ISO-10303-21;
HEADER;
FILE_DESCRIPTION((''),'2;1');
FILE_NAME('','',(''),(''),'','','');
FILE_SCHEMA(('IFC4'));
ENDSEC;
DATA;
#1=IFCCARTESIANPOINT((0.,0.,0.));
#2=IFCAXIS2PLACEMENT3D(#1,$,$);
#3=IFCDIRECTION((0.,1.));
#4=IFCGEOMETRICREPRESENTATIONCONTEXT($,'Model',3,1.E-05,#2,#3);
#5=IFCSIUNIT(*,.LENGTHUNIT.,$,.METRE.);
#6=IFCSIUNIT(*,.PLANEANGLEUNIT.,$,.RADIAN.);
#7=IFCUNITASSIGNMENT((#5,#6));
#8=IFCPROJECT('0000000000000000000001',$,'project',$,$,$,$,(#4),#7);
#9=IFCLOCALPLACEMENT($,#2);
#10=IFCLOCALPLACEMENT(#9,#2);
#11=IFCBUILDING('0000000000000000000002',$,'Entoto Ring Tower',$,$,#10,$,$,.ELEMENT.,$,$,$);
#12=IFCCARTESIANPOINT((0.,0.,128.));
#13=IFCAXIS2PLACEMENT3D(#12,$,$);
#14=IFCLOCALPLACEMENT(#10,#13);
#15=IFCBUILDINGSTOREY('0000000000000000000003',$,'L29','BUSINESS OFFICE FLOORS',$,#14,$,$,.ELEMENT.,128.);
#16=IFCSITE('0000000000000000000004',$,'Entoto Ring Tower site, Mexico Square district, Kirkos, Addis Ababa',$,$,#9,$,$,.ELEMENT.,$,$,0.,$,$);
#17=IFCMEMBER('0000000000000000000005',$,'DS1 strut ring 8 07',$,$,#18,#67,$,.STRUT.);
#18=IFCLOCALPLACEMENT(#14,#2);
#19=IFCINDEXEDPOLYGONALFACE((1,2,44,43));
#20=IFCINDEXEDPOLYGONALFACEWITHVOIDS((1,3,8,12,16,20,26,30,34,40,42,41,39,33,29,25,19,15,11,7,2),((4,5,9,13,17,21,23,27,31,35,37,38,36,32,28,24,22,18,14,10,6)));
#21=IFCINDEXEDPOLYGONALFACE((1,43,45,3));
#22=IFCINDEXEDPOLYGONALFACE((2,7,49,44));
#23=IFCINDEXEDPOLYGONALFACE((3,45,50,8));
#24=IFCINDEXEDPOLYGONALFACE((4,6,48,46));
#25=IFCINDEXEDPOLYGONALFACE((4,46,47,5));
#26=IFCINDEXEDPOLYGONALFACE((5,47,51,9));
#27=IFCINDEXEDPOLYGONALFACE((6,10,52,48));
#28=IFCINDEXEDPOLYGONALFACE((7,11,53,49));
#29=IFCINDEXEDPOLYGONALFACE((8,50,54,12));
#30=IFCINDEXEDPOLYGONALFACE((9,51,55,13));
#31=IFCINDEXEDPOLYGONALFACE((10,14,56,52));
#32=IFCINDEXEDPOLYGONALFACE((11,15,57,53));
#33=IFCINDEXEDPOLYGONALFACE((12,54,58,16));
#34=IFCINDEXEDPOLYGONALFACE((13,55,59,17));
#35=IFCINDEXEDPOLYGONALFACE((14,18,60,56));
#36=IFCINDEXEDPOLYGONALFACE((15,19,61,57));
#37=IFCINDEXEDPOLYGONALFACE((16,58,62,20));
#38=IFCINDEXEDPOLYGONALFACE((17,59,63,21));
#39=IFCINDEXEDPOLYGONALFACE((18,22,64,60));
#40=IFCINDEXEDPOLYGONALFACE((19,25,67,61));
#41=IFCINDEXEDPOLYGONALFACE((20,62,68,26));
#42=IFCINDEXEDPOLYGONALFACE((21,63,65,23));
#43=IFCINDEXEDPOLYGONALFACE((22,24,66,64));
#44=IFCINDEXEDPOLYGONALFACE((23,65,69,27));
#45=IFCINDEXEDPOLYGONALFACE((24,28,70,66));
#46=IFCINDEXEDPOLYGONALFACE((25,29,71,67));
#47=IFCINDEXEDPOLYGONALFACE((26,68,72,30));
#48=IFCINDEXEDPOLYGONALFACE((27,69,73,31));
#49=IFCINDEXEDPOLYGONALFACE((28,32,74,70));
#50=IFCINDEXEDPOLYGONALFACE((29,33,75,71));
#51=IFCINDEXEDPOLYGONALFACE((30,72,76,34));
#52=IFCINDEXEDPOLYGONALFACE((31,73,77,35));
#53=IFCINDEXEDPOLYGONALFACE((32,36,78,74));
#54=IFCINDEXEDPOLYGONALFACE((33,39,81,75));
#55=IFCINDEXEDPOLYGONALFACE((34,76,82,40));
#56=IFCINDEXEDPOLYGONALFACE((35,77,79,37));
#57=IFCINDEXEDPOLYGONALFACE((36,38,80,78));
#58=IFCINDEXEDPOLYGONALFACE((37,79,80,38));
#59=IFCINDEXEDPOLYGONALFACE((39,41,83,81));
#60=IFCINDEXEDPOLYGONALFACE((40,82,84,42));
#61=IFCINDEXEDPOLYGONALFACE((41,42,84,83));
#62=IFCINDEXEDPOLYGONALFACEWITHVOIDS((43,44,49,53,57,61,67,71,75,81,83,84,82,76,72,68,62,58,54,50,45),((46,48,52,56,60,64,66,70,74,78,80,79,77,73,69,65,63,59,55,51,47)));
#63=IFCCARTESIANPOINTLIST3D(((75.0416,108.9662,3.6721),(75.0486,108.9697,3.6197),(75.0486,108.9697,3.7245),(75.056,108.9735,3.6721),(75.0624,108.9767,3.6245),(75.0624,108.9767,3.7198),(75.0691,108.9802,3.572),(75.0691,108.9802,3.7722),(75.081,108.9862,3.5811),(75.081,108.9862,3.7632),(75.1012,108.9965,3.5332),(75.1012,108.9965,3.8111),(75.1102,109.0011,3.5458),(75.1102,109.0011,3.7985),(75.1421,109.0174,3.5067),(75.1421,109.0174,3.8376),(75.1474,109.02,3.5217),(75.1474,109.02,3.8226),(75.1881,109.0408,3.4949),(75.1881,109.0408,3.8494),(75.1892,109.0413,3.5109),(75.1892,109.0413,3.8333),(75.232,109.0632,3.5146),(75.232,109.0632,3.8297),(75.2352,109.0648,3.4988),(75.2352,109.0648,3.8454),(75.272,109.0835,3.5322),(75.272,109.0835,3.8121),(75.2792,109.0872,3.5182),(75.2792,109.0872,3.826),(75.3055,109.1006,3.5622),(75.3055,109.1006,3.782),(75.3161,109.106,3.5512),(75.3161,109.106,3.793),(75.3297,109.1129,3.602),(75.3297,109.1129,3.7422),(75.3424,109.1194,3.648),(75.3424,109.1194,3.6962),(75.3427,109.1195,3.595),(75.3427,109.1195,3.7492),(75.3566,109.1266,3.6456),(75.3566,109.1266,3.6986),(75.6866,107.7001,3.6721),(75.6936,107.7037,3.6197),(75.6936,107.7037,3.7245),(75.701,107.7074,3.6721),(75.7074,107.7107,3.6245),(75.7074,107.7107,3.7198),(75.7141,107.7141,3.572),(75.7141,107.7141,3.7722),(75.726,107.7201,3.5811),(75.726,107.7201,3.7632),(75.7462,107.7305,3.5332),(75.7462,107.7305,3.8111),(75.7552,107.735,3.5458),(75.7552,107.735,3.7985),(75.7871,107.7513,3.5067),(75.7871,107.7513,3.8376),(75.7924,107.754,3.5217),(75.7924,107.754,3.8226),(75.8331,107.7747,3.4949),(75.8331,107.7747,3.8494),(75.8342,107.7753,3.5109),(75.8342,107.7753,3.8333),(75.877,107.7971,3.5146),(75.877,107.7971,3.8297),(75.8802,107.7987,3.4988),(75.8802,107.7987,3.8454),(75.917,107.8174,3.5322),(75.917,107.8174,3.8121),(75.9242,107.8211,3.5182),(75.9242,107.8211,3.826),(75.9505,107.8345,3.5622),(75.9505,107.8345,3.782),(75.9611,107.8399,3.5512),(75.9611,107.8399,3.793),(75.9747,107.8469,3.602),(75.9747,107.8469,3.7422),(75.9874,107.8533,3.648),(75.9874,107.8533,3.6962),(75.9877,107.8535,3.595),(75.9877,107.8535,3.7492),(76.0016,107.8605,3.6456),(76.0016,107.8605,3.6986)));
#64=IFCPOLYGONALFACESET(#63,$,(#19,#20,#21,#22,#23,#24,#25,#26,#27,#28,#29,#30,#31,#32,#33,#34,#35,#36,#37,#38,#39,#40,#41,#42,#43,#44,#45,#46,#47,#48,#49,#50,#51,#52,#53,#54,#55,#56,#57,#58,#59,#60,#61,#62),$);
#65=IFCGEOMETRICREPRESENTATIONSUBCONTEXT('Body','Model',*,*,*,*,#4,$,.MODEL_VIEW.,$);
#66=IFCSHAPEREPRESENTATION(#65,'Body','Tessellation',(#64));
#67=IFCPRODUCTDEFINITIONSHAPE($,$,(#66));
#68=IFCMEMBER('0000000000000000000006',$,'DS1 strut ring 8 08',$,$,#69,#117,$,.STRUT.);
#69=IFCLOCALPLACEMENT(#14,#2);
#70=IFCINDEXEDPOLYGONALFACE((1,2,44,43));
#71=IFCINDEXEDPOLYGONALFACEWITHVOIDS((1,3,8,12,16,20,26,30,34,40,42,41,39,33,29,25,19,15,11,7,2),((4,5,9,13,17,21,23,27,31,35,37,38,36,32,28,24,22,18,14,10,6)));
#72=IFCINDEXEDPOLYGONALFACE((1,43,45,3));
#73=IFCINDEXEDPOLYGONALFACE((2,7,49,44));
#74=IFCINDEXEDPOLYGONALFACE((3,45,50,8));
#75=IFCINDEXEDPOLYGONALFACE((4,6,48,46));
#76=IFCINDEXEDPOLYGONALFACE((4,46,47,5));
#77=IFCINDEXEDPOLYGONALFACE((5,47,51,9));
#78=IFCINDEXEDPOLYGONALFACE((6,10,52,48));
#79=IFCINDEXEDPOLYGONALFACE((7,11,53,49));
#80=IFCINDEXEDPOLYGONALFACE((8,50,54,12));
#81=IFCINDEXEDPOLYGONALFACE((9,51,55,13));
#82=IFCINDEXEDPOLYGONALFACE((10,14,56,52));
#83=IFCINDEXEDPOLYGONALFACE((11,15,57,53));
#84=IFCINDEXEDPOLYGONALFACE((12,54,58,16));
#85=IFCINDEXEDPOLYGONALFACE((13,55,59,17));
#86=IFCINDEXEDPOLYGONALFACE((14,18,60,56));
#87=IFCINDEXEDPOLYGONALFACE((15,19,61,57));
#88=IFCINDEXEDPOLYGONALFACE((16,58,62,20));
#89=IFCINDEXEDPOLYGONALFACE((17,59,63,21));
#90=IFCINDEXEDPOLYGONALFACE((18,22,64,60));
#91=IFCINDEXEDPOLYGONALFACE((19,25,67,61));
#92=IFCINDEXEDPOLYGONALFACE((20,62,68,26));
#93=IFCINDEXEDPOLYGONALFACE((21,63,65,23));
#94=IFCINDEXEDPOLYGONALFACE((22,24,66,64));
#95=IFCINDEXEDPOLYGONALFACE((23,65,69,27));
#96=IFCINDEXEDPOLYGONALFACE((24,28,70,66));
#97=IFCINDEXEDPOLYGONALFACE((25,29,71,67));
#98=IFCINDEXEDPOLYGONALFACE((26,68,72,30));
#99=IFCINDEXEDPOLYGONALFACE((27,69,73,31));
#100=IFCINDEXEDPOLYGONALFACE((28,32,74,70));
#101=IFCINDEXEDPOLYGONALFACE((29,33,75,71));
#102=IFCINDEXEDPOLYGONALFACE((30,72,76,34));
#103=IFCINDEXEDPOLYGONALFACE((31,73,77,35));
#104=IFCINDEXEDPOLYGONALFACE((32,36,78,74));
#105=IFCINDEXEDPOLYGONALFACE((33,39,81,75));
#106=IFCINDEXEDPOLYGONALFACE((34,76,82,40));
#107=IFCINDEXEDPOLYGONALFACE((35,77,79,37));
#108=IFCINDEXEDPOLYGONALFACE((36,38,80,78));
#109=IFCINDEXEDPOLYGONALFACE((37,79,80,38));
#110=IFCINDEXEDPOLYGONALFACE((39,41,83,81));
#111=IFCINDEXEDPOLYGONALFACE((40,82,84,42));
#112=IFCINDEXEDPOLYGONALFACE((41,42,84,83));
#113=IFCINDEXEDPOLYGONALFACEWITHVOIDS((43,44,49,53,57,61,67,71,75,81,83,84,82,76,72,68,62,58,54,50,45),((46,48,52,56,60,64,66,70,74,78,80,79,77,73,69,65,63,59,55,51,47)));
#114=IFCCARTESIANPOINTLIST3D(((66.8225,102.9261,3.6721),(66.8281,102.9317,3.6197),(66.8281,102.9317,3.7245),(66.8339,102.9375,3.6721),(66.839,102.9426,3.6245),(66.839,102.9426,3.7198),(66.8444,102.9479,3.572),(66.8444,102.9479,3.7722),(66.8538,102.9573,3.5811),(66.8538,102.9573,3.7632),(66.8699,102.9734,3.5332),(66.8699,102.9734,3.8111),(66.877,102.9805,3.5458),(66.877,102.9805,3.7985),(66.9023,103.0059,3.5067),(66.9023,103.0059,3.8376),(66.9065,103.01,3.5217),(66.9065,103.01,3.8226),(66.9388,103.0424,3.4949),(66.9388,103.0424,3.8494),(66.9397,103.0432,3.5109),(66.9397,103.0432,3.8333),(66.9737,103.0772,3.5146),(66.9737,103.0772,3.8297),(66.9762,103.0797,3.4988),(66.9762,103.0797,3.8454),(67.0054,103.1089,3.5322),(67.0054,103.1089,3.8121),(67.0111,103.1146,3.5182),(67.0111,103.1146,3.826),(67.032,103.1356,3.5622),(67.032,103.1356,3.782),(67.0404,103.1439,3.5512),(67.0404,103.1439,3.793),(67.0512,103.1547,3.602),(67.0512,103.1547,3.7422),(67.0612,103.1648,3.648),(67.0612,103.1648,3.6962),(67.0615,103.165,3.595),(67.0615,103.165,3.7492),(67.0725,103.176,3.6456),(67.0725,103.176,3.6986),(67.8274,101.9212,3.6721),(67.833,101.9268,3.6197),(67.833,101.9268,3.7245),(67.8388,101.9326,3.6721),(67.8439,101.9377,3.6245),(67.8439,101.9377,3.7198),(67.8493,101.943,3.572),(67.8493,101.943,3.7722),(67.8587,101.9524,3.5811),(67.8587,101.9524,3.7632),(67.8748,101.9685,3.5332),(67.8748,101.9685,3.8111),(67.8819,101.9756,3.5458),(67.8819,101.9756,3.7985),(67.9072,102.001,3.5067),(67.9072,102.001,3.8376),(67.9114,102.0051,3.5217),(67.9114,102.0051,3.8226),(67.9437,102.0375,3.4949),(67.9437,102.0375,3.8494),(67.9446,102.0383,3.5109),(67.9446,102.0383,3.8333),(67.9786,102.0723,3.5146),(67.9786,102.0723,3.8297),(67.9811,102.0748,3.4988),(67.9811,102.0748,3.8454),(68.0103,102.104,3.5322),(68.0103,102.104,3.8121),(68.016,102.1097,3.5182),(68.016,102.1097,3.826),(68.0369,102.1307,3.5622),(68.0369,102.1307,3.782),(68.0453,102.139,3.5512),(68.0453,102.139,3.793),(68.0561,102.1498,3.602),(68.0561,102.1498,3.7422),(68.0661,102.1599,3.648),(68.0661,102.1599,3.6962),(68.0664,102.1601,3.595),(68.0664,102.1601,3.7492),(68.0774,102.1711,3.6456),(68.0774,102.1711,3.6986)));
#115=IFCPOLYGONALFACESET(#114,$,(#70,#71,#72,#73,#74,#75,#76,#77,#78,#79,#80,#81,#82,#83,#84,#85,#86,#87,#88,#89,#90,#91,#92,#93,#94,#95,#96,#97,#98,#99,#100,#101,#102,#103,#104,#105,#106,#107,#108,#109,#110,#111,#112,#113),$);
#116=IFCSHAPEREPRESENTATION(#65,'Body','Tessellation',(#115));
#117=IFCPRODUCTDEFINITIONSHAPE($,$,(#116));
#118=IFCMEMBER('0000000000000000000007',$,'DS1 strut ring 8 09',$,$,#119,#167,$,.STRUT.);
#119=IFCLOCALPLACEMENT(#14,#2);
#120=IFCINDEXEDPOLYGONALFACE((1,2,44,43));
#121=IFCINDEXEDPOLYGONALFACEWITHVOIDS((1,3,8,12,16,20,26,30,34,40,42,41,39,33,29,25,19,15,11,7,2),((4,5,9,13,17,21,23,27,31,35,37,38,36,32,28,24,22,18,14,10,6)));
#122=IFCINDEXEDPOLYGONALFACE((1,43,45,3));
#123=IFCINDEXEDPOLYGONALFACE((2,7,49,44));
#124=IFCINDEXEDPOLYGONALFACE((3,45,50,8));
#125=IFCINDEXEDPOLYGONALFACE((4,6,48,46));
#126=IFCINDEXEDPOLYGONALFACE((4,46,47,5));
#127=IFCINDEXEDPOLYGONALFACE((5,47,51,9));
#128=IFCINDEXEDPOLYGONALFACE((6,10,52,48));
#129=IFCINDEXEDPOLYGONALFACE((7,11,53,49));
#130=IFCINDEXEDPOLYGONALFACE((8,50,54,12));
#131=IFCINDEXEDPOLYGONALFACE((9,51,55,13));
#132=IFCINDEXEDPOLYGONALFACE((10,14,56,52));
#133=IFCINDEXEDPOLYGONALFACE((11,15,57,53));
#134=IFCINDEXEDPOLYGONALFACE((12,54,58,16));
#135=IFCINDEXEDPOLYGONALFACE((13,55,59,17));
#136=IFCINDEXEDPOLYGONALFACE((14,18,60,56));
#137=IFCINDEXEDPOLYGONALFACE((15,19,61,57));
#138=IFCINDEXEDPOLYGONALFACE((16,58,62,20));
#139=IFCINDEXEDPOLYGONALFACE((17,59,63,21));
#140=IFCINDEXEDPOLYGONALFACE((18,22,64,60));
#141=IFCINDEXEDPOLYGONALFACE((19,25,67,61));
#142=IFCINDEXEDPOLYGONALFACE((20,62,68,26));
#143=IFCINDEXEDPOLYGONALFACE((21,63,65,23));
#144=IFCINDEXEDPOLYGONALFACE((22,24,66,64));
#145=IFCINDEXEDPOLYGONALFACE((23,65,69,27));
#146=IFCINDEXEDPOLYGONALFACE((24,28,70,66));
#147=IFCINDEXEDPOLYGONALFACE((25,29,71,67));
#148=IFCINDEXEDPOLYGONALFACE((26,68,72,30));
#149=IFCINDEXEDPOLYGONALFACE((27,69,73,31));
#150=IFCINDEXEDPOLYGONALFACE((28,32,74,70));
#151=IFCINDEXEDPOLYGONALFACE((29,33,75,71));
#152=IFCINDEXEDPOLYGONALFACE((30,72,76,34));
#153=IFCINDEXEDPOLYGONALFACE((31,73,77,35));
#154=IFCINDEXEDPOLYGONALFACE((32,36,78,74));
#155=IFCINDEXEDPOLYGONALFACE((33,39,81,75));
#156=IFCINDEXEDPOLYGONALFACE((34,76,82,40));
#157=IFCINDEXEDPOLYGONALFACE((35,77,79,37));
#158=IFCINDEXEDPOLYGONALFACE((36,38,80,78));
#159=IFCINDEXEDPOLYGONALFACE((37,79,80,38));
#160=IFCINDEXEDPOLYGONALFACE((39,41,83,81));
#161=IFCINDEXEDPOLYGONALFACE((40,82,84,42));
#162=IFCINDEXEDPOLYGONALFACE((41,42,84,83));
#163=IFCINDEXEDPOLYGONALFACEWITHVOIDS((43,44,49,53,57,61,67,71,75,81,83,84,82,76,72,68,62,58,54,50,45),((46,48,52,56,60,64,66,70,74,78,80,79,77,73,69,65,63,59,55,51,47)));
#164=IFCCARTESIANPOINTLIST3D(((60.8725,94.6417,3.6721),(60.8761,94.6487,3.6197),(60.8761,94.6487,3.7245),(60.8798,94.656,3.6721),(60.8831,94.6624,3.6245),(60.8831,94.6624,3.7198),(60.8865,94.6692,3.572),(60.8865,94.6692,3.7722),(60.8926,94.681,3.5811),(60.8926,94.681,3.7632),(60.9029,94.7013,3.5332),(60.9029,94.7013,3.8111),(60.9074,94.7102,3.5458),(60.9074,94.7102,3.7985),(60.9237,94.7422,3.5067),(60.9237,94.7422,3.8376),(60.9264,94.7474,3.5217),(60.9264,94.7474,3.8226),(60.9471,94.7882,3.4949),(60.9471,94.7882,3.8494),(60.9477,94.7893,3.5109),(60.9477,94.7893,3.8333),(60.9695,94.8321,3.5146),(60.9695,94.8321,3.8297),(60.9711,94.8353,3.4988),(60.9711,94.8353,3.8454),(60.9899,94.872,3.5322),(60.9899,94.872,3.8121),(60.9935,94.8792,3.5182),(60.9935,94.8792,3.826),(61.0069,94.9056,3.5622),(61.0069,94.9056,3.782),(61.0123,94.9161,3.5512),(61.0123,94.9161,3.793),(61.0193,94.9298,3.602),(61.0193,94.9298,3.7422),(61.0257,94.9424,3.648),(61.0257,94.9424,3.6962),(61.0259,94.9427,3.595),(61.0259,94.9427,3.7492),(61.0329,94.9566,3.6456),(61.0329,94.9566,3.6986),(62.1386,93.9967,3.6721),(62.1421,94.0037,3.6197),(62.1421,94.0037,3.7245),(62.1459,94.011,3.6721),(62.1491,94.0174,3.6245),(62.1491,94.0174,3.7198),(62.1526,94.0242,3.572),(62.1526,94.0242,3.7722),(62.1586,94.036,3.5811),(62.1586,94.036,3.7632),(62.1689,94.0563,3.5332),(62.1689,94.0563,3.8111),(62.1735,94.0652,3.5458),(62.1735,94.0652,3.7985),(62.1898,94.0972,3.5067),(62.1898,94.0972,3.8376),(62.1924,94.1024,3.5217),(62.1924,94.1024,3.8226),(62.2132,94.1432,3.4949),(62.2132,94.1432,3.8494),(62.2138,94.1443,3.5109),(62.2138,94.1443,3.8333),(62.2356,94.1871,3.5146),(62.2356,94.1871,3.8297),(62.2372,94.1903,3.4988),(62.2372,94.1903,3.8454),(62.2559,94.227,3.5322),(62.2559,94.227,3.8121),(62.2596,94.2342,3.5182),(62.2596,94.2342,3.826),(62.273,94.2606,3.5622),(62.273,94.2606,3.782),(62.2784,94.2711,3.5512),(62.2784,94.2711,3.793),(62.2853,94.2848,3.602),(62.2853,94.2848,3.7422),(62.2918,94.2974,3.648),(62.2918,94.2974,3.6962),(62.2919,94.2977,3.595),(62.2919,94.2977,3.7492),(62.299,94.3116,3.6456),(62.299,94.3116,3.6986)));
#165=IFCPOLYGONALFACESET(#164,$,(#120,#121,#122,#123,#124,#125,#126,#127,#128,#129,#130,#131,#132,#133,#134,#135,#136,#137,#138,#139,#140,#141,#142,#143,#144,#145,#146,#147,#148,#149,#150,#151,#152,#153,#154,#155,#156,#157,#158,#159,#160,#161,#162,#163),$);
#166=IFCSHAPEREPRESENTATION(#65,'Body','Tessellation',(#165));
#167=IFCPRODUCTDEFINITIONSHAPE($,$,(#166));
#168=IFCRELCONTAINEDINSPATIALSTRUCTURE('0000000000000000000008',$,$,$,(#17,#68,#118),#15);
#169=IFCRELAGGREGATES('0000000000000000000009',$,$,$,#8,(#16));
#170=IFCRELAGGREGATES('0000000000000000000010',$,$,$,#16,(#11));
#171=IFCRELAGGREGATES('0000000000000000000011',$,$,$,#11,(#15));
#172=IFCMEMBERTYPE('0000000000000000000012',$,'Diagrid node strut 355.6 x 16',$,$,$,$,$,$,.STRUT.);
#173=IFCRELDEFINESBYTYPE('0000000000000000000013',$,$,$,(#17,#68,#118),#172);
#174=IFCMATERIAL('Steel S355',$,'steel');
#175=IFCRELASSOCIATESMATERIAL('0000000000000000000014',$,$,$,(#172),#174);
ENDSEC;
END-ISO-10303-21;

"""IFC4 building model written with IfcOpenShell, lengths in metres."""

from ifc_helpers import new_model, si_unit, direction, frame, origin, origin_2d, place, context, subcontext, project, spatial, circle, hollow_circle, extrude, material, material_profile, profile_set, type_object, element, save


model = new_model("IFC4")

# Units and contexts
model_context = context("Model", 3, precision=1e-05, world=origin(), true_north=direction((0.0, 1.0)))
body_context = subcontext(model_context, "Body", "Model", "MODEL_VIEW")
ifc_project = project(units=[si_unit("LENGTHUNIT", "METRE"), si_unit("PLANEANGLEUNIT", "RADIAN")], contexts=[model_context])

# Site, building, storey
site_placement = place(None, origin())
site = spatial("IfcSite", under=ifc_project, at=site_placement, Name="Entoto Ring Tower site, Mexico Square district, Kirkos, Addis Ababa", CompositionType="ELEMENT", RefElevation=0.0)
building_placement = place(site_placement, origin())
building = spatial("IfcBuilding", under=site, at=building_placement, Name="Entoto Ring Tower", CompositionType="ELEMENT")
storey_placement = place(building_placement, frame((0.0, 0.0, 128.0)))
storey = spatial("IfcBuildingStorey", under=building, at=storey_placement, Name="L29", Description="BUSINESS OFFICE FLOORS", CompositionType="ELEMENT", Elevation=128.0)

# Members
ifc_material_1 = material(Name="Steel S355", Category="steel")
ifc_material_profile_1 = material_profile(ifc_material_1, hollow_circle(Radius=0.1777, WallThickness=0.0161, at=origin_2d()), Name="CHS 355.6 x 16")
ifc_material_2 = material(Name="Concrete C60/75", Category="concrete")
ifc_material_profile_2 = material_profile(ifc_material_2, circle(Radius=0.1619, at=origin_2d()), Name="Concrete C60/75 infill")
ifc_profile_set_1 = profile_set([ifc_material_profile_1, ifc_material_profile_2], Name="Steel S355")
member_type = type_object("IfcMemberType", Name="Diagrid node strut 355.6 x 16", PredefinedType="STRUT", material=ifc_profile_set_1)
member_1_placement = place(storey_placement, frame((75.845, 107.7808, 3.6721), z_axis=(-0.453936, 0.891034, 0.0), x_axis=(-0.891034, -0.453936, 0.0)))
element("IfcMember", 1, at=member_1_placement, inside=storey, type_object=member_type, Name="DS1 strut ring 8 07", PredefinedType="STRUT", context=body_context, shape_type="SweptSolid", body=[
    extrude(hollow_circle(Radius=0.1777, WallThickness=0.0161, at=origin_2d()), origin(), (0.0, 0.0, 1.0), 1.4209),
])
member_2_placement = place(storey_placement, frame((67.9531, 102.0469, 3.6721), z_axis=(-0.707107, 0.707107, 0.0), x_axis=(-0.707107, -0.707107, 0.0)))
element("IfcMember", 2, at=member_2_placement, inside=storey, type_object=member_type, Name="DS1 strut ring 8 08", PredefinedType="STRUT", context=body_context, shape_type="SweptSolid", body=[
    extrude(hollow_circle(Radius=0.1777, WallThickness=0.0161, at=origin_2d()), origin(), (0.0, 0.0, 1.0), 1.4211),
])
member_3_placement = place(storey_placement, frame((62.2192, 94.155, 3.6721), z_axis=(-0.891034, 0.453936, 0.0), x_axis=(-0.453936, -0.891034, 0.0)))
element("IfcMember", 3, at=member_3_placement, inside=storey, type_object=member_type, Name="DS1 strut ring 8 09", PredefinedType="STRUT", context=body_context, shape_type="SweptSolid", body=[
    extrude(hollow_circle(Radius=0.1777, WallThickness=0.0161, at=origin_2d()), origin(), (0.0, 0.0, 1.0), 1.4209),
])

save(model, "model.ifc")
